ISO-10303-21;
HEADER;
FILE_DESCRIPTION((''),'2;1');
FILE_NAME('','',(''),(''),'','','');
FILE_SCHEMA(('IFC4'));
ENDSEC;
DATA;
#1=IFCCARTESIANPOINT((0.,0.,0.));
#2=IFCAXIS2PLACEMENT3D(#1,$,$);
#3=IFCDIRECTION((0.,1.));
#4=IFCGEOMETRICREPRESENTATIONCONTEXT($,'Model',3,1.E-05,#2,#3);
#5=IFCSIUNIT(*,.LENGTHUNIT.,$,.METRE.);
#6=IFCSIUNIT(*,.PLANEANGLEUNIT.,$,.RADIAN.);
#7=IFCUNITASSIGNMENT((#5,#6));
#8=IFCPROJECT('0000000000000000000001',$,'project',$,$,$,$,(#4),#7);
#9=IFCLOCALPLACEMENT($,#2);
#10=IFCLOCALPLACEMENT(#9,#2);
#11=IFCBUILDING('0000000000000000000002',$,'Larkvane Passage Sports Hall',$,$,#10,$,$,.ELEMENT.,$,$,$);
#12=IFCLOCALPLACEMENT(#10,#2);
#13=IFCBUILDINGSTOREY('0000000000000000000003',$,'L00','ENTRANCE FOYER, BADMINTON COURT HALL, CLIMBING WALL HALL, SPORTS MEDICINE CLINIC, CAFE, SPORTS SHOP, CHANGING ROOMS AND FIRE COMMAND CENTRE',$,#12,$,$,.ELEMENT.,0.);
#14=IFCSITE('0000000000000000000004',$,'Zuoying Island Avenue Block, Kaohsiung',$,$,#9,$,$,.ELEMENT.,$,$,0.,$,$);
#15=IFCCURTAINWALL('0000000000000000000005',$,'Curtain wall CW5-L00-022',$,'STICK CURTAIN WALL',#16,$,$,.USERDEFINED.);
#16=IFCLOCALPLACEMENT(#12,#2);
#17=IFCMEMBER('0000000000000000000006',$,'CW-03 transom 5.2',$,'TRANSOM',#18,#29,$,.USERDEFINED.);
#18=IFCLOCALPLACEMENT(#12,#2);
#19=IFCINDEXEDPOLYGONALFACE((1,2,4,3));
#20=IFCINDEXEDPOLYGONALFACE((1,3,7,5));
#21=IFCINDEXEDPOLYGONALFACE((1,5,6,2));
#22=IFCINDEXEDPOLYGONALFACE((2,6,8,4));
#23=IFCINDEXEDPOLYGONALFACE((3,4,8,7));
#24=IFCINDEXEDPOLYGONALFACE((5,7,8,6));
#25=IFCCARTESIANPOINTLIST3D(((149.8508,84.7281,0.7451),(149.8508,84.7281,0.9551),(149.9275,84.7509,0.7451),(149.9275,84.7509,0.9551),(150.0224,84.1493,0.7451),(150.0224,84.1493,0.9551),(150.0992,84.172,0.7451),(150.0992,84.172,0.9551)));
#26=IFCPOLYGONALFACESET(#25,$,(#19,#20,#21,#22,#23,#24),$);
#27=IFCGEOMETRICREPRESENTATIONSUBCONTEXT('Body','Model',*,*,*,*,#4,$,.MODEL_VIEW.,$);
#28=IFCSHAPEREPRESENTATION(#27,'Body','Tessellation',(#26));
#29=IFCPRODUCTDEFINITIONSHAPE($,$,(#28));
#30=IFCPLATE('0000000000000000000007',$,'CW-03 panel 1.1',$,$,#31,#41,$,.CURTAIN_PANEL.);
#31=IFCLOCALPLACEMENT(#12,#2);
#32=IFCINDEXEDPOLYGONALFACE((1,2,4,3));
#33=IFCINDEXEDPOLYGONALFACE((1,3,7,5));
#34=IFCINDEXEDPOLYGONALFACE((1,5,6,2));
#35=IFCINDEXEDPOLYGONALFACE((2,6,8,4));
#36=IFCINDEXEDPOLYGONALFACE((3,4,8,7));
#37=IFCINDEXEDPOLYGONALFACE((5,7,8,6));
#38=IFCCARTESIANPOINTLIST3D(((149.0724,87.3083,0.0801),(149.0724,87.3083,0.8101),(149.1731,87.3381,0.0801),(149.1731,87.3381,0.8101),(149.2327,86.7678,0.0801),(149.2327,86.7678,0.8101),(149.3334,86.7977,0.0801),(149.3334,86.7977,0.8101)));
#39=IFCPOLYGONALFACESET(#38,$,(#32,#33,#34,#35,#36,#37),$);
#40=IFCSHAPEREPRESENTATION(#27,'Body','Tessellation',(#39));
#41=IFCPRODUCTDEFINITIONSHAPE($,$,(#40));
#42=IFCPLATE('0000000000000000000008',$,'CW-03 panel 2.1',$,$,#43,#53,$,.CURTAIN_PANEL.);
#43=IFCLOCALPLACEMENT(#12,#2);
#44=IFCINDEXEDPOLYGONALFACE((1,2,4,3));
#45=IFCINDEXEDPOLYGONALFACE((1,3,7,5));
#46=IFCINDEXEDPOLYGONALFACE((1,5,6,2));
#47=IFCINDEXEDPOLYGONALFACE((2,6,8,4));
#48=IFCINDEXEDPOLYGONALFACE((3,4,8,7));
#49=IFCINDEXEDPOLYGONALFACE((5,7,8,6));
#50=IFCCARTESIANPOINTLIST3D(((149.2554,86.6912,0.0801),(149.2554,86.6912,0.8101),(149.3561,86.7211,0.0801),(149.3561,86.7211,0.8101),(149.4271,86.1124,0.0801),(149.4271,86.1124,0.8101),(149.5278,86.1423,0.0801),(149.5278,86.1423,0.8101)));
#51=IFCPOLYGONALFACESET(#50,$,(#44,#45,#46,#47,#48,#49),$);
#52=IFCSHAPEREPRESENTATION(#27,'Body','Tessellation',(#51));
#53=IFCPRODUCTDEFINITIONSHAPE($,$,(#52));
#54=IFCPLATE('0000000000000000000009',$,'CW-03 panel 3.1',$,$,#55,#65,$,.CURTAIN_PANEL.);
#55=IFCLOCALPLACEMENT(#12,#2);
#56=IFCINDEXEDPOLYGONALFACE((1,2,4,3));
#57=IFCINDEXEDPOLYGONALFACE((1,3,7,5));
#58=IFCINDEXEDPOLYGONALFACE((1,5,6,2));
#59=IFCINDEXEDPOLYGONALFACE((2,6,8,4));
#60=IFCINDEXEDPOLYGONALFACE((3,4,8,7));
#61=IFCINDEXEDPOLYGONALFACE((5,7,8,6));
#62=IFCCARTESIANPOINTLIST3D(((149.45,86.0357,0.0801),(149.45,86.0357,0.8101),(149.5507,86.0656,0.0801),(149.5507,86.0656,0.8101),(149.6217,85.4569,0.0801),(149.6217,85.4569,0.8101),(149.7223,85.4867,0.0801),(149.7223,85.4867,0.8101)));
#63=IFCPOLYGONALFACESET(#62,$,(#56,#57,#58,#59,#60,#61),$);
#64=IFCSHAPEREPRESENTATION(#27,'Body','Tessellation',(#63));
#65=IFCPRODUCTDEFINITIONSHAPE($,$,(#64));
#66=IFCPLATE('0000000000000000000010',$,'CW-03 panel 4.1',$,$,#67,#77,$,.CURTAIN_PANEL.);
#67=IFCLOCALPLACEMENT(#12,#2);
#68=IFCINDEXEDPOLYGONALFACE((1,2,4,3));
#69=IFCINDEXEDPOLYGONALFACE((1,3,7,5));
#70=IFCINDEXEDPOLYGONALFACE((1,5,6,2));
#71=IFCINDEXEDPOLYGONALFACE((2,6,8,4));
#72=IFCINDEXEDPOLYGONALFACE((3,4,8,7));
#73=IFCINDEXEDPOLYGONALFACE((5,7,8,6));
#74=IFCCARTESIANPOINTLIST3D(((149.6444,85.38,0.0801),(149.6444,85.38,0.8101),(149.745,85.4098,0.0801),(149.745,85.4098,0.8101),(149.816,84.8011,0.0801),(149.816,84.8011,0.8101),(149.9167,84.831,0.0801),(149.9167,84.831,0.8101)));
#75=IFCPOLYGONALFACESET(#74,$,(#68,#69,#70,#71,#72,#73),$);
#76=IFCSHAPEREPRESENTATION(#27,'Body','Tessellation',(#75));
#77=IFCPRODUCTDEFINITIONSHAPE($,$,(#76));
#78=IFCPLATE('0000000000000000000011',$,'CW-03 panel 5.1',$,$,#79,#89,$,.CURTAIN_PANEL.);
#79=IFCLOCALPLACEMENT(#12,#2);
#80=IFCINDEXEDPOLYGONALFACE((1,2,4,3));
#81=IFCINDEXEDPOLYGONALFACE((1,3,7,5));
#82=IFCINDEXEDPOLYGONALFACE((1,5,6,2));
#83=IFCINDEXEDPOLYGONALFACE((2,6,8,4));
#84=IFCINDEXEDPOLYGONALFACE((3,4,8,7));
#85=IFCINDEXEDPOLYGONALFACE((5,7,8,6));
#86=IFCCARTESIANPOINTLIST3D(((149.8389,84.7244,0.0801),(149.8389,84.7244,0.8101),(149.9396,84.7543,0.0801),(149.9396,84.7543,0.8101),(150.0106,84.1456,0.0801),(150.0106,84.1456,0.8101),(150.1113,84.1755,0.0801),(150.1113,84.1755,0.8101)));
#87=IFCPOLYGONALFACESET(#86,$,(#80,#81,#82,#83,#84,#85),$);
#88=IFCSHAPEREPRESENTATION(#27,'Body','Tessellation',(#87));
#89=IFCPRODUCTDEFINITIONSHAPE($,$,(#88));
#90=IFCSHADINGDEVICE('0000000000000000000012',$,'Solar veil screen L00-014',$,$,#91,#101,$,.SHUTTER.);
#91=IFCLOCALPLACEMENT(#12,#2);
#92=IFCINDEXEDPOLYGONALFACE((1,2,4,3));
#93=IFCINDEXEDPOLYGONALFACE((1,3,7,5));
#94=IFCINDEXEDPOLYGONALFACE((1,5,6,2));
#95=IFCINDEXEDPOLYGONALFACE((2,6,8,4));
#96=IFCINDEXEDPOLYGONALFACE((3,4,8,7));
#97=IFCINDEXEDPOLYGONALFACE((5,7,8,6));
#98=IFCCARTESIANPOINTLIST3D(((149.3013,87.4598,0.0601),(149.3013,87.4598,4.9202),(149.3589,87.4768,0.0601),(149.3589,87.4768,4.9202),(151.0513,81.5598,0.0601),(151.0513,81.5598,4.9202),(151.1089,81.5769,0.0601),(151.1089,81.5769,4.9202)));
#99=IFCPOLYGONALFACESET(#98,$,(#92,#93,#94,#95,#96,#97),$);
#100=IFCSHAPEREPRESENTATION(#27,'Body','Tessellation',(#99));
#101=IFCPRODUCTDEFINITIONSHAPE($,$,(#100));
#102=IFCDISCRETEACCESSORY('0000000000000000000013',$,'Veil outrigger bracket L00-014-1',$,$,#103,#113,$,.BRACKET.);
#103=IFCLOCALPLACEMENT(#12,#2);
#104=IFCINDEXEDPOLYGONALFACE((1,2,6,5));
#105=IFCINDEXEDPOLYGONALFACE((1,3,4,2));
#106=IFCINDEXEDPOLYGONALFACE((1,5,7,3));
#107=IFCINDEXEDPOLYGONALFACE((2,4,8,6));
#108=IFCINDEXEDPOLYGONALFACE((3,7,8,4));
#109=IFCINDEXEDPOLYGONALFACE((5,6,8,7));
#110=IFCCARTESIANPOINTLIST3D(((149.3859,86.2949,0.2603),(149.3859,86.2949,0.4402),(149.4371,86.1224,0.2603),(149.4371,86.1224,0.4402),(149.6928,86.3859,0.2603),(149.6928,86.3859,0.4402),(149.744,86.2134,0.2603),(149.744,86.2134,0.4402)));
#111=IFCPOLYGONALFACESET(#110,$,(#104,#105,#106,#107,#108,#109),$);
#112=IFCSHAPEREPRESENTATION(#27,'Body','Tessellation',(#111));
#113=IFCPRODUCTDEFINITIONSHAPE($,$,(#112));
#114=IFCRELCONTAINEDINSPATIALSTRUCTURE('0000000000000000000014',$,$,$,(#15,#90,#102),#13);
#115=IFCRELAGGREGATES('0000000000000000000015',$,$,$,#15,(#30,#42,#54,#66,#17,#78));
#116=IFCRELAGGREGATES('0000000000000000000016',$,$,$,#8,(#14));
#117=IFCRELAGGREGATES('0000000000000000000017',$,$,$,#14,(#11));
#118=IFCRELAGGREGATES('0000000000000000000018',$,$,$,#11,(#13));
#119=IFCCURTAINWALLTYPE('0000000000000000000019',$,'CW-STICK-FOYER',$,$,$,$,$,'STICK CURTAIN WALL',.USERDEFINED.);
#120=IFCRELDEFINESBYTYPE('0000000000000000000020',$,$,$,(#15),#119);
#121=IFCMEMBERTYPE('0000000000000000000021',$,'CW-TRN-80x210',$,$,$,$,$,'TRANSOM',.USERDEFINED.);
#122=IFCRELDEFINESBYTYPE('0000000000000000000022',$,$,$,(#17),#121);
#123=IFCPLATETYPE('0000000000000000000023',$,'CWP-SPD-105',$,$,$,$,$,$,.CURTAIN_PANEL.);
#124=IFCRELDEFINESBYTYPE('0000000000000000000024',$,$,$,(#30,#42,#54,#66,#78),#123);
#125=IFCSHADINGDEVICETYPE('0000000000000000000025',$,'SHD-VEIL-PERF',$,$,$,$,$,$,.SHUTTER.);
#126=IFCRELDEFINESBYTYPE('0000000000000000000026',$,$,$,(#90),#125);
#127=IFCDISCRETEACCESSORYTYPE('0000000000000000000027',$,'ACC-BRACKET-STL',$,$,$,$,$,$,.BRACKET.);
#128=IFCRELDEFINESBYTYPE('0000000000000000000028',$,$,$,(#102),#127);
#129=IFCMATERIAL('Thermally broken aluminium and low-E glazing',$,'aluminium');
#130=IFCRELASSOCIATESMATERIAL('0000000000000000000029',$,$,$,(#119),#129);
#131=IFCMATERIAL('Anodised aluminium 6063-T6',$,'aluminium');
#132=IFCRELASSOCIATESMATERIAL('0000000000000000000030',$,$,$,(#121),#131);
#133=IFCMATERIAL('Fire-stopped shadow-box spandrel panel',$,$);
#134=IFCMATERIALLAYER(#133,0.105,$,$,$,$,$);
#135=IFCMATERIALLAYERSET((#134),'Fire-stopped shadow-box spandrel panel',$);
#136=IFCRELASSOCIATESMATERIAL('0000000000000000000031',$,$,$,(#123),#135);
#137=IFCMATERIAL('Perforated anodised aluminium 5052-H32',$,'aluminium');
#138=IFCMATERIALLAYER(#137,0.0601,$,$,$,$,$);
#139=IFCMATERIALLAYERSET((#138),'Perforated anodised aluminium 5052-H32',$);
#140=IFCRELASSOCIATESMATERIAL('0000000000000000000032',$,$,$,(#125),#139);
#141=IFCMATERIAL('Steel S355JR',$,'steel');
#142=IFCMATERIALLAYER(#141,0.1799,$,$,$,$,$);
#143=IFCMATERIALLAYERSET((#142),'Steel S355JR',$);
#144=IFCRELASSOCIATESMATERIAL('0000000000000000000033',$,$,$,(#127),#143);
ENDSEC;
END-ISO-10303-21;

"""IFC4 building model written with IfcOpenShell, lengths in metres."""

from ifc_helpers import new_model, si_unit, direction, frame, origin, origin_2d, place, context, subcontext, project, spatial, rectangle, extrude, material, layer, layer_set, material_profile, profile_set, type_object, element, aggregate, save


model = new_model("IFC4")

# Units and contexts
model_context = context("Model", 3, precision=1e-05, world=origin(), true_north=direction((0.0, 1.0)))
body_context = subcontext(model_context, "Body", "Model", "MODEL_VIEW")
ifc_project = project(units=[si_unit("LENGTHUNIT", "METRE"), si_unit("PLANEANGLEUNIT", "RADIAN")], contexts=[model_context])

# Site, building, storey
site_placement = place(None, origin())
site = spatial("IfcSite", under=ifc_project, at=site_placement, Name="Zuoying Island Avenue Block, Kaohsiung", CompositionType="ELEMENT", RefElevation=0.0)
building_placement = place(site_placement, origin())
building = spatial("IfcBuilding", under=site, at=building_placement, Name="Larkvane Passage Sports Hall", CompositionType="ELEMENT")
storey_placement = place(building_placement, origin())
storey = spatial("IfcBuildingStorey", under=building, at=storey_placement, Name="L00", Description="ENTRANCE FOYER, BADMINTON COURT HALL, CLIMBING WALL HALL, SPORTS MEDICINE CLINIC, CAFE, SPORTS SHOP, CHANGING ROOMS AND FIRE COMMAND CENTRE", CompositionType="ELEMENT", Elevation=0.0)

# Curtain wall, member, plates
ifc_material_1 = material(Name="Thermally broken aluminium and low-E glazing", Category="aluminium")
curtain_wall_type = type_object("IfcCurtainWallType", Name="CW-STICK-FOYER", ElementType="STICK CURTAIN WALL", PredefinedType="USERDEFINED", material=ifc_material_1)
curtain_wall_placement = place(storey_placement, origin())
curtain_wall = element("IfcCurtainWall", 1, at=curtain_wall_placement, inside=storey, type_object=curtain_wall_type, Name="Curtain wall CW5-L00-022", ObjectType="STICK CURTAIN WALL", PredefinedType="USERDEFINED")
ifc_material_2 = material(Name="Anodised aluminium 6063-T6", Category="aluminium")
ifc_material_profile_1 = material_profile(ifc_material_2, rectangle(XDim=0.0801, YDim=0.21, at=origin_2d()), Name="ALU-TRN-80x210")
ifc_profile_set_1 = profile_set([ifc_material_profile_1], Name="Anodised aluminium 6063-T6")
member_type_1 = type_object("IfcMemberType", Name="CW-TRN-80x210", ElementType="TRANSOM", PredefinedType="USERDEFINED", material=ifc_profile_set_1)
member_1_placement = place(storey_placement, frame((149.8892, 84.7395, 0.8501), z_axis=(0.284267, -0.958745, 0.0), x_axis=(0.958745, 0.284267, 0.0)))
member_1 = element("IfcMember", 2, at=member_1_placement, type_object=member_type_1, Name="CW-03 transom 5.2", ObjectType="TRANSOM", PredefinedType="USERDEFINED", context=body_context, shape_type="SweptSolid", body=[
    extrude(rectangle(XDim=0.0801, YDim=0.21, at=origin_2d()), origin(), (0.0, 0.0, 1.0), 0.6038),
])
ifc_material_3 = material(Name="Fire-stopped shadow-box spandrel panel")
ifc_layer_1 = layer(ifc_material_3, 0.105)
ifc_layer_set_1 = layer_set([ifc_layer_1], Name="Fire-stopped shadow-box spandrel panel")
plate_type = type_object("IfcPlateType", Name="CWP-SPD-105", PredefinedType="CURTAIN_PANEL", material=ifc_layer_set_1)
plate_1_placement = place(storey_placement, frame((149.2029, 87.053, 0.0801), z_axis=(0.0, 0.0, 1.0), x_axis=(0.284365, -0.958716, 0.0)))
plate_1 = element("IfcPlate", 3, at=plate_1_placement, type_object=plate_type, Name="CW-03 panel 1.1", PredefinedType="CURTAIN_PANEL", context=body_context, shape_type="SweptSolid", body=[
    extrude(rectangle(XDim=0.5637, YDim=0.105, at=origin_2d()), origin(), (0.0, 0.0, 1.0), 0.73),
])
plate_2_placement = place(storey_placement, frame((149.3916, 86.4167, 0.0801), z_axis=(0.0, 0.0, 1.0), x_axis=(0.284365, -0.958716, 0.0)))
plate_2 = element("IfcPlate", 4, at=plate_2_placement, type_object=plate_type, Name="CW-03 panel 2.1", PredefinedType="CURTAIN_PANEL", context=body_context, shape_type="SweptSolid", body=[
    extrude(rectangle(XDim=0.6038, YDim=0.105, at=origin_2d()), origin(), (0.0, 0.0, 1.0), 0.73),
])
plate_3_placement = place(storey_placement, frame((149.5862, 85.7612, 0.0801), z_axis=(0.0, 0.0, 1.0), x_axis=(0.284365, -0.958716, 0.0)))
plate_3 = element("IfcPlate", 5, at=plate_3_placement, type_object=plate_type, Name="CW-03 panel 3.1", PredefinedType="CURTAIN_PANEL", context=body_context, shape_type="SweptSolid", body=[
    extrude(rectangle(XDim=0.6038, YDim=0.105, at=origin_2d()), origin(), (0.0, 0.0, 1.0), 0.73),
])
plate_4_placement = place(storey_placement, frame((149.7805, 85.1055, 0.0801), z_axis=(0.0, 0.0, 1.0), x_axis=(0.284365, -0.958716, 0.0)))
plate_4 = element("IfcPlate", 6, at=plate_4_placement, type_object=plate_type, Name="CW-03 panel 4.1", PredefinedType="CURTAIN_PANEL", context=body_context, shape_type="SweptSolid", body=[
    extrude(rectangle(XDim=0.6038, YDim=0.105, at=origin_2d()), origin(), (0.0, 0.0, 1.0), 0.73),
])
plate_5_placement = place(storey_placement, frame((149.9751, 84.45, 0.0801), z_axis=(0.0, 0.0, 1.0), x_axis=(0.284365, -0.958716, 0.0)))
plate_5 = element("IfcPlate", 7, at=plate_5_placement, type_object=plate_type, Name="CW-03 panel 5.1", PredefinedType="CURTAIN_PANEL", context=body_context, shape_type="SweptSolid", body=[
    extrude(rectangle(XDim=0.6038, YDim=0.105, at=origin_2d()), origin(), (0.0, 0.0, 1.0), 0.73),
])
aggregate(curtain_wall, [plate_1, plate_2, plate_3, plate_4, member_1, plate_5])

# Shading device
ifc_material_4 = material(Name="Perforated anodised aluminium 5052-H32", Category="aluminium")
ifc_layer_2 = layer(ifc_material_4, 0.0601)
ifc_layer_set_2 = layer_set([ifc_layer_2], Name="Perforated anodised aluminium 5052-H32")
shading_device_type = type_object("IfcShadingDeviceType", Name="SHD-VEIL-PERF", PredefinedType="SHUTTER", material=ifc_layer_set_2)
shading_device_placement = place(storey_placement, frame((150.2051, 84.5183, 0.0601), z_axis=(0.0, 0.0, 1.0), x_axis=(0.284365, -0.958716, 0.0)))
element("IfcShadingDevice", 8, at=shading_device_placement, inside=storey, type_object=shading_device_type, Name="Solar veil screen L00-014", PredefinedType="SHUTTER", context=body_context, shape_type="SweptSolid", body=[
    extrude(rectangle(XDim=6.1541, YDim=0.0601, at=origin_2d()), origin(), (0.0, 0.0, 1.0), 4.8601),
])

# Discrete accessory
ifc_material_5 = material(Name="Steel S355JR", Category="steel")
ifc_layer_3 = layer(ifc_material_5, 0.1799)
ifc_layer_set_3 = layer_set([ifc_layer_3], Name="Steel S355JR")
discrete_accessory_type = type_object("IfcDiscreteAccessoryType", Name="ACC-BRACKET-STL", PredefinedType="BRACKET", material=ifc_layer_set_3)
discrete_accessory_placement = place(storey_placement, frame((149.5649, 86.2542, 0.2603), z_axis=(0.0, 0.0, 1.0), x_axis=(0.284365, -0.958716, 0.0)))
element("IfcDiscreteAccessory", 9, at=discrete_accessory_placement, inside=storey, type_object=discrete_accessory_type, Name="Veil outrigger bracket L00-014-1", PredefinedType="BRACKET", context=body_context, shape_type="SweptSolid", body=[
    extrude(rectangle(XDim=0.1799, YDim=0.3201, at=origin_2d()), origin(), (0.0, 0.0, 1.0), 0.1799),
])

save(model, "model.ifc")
